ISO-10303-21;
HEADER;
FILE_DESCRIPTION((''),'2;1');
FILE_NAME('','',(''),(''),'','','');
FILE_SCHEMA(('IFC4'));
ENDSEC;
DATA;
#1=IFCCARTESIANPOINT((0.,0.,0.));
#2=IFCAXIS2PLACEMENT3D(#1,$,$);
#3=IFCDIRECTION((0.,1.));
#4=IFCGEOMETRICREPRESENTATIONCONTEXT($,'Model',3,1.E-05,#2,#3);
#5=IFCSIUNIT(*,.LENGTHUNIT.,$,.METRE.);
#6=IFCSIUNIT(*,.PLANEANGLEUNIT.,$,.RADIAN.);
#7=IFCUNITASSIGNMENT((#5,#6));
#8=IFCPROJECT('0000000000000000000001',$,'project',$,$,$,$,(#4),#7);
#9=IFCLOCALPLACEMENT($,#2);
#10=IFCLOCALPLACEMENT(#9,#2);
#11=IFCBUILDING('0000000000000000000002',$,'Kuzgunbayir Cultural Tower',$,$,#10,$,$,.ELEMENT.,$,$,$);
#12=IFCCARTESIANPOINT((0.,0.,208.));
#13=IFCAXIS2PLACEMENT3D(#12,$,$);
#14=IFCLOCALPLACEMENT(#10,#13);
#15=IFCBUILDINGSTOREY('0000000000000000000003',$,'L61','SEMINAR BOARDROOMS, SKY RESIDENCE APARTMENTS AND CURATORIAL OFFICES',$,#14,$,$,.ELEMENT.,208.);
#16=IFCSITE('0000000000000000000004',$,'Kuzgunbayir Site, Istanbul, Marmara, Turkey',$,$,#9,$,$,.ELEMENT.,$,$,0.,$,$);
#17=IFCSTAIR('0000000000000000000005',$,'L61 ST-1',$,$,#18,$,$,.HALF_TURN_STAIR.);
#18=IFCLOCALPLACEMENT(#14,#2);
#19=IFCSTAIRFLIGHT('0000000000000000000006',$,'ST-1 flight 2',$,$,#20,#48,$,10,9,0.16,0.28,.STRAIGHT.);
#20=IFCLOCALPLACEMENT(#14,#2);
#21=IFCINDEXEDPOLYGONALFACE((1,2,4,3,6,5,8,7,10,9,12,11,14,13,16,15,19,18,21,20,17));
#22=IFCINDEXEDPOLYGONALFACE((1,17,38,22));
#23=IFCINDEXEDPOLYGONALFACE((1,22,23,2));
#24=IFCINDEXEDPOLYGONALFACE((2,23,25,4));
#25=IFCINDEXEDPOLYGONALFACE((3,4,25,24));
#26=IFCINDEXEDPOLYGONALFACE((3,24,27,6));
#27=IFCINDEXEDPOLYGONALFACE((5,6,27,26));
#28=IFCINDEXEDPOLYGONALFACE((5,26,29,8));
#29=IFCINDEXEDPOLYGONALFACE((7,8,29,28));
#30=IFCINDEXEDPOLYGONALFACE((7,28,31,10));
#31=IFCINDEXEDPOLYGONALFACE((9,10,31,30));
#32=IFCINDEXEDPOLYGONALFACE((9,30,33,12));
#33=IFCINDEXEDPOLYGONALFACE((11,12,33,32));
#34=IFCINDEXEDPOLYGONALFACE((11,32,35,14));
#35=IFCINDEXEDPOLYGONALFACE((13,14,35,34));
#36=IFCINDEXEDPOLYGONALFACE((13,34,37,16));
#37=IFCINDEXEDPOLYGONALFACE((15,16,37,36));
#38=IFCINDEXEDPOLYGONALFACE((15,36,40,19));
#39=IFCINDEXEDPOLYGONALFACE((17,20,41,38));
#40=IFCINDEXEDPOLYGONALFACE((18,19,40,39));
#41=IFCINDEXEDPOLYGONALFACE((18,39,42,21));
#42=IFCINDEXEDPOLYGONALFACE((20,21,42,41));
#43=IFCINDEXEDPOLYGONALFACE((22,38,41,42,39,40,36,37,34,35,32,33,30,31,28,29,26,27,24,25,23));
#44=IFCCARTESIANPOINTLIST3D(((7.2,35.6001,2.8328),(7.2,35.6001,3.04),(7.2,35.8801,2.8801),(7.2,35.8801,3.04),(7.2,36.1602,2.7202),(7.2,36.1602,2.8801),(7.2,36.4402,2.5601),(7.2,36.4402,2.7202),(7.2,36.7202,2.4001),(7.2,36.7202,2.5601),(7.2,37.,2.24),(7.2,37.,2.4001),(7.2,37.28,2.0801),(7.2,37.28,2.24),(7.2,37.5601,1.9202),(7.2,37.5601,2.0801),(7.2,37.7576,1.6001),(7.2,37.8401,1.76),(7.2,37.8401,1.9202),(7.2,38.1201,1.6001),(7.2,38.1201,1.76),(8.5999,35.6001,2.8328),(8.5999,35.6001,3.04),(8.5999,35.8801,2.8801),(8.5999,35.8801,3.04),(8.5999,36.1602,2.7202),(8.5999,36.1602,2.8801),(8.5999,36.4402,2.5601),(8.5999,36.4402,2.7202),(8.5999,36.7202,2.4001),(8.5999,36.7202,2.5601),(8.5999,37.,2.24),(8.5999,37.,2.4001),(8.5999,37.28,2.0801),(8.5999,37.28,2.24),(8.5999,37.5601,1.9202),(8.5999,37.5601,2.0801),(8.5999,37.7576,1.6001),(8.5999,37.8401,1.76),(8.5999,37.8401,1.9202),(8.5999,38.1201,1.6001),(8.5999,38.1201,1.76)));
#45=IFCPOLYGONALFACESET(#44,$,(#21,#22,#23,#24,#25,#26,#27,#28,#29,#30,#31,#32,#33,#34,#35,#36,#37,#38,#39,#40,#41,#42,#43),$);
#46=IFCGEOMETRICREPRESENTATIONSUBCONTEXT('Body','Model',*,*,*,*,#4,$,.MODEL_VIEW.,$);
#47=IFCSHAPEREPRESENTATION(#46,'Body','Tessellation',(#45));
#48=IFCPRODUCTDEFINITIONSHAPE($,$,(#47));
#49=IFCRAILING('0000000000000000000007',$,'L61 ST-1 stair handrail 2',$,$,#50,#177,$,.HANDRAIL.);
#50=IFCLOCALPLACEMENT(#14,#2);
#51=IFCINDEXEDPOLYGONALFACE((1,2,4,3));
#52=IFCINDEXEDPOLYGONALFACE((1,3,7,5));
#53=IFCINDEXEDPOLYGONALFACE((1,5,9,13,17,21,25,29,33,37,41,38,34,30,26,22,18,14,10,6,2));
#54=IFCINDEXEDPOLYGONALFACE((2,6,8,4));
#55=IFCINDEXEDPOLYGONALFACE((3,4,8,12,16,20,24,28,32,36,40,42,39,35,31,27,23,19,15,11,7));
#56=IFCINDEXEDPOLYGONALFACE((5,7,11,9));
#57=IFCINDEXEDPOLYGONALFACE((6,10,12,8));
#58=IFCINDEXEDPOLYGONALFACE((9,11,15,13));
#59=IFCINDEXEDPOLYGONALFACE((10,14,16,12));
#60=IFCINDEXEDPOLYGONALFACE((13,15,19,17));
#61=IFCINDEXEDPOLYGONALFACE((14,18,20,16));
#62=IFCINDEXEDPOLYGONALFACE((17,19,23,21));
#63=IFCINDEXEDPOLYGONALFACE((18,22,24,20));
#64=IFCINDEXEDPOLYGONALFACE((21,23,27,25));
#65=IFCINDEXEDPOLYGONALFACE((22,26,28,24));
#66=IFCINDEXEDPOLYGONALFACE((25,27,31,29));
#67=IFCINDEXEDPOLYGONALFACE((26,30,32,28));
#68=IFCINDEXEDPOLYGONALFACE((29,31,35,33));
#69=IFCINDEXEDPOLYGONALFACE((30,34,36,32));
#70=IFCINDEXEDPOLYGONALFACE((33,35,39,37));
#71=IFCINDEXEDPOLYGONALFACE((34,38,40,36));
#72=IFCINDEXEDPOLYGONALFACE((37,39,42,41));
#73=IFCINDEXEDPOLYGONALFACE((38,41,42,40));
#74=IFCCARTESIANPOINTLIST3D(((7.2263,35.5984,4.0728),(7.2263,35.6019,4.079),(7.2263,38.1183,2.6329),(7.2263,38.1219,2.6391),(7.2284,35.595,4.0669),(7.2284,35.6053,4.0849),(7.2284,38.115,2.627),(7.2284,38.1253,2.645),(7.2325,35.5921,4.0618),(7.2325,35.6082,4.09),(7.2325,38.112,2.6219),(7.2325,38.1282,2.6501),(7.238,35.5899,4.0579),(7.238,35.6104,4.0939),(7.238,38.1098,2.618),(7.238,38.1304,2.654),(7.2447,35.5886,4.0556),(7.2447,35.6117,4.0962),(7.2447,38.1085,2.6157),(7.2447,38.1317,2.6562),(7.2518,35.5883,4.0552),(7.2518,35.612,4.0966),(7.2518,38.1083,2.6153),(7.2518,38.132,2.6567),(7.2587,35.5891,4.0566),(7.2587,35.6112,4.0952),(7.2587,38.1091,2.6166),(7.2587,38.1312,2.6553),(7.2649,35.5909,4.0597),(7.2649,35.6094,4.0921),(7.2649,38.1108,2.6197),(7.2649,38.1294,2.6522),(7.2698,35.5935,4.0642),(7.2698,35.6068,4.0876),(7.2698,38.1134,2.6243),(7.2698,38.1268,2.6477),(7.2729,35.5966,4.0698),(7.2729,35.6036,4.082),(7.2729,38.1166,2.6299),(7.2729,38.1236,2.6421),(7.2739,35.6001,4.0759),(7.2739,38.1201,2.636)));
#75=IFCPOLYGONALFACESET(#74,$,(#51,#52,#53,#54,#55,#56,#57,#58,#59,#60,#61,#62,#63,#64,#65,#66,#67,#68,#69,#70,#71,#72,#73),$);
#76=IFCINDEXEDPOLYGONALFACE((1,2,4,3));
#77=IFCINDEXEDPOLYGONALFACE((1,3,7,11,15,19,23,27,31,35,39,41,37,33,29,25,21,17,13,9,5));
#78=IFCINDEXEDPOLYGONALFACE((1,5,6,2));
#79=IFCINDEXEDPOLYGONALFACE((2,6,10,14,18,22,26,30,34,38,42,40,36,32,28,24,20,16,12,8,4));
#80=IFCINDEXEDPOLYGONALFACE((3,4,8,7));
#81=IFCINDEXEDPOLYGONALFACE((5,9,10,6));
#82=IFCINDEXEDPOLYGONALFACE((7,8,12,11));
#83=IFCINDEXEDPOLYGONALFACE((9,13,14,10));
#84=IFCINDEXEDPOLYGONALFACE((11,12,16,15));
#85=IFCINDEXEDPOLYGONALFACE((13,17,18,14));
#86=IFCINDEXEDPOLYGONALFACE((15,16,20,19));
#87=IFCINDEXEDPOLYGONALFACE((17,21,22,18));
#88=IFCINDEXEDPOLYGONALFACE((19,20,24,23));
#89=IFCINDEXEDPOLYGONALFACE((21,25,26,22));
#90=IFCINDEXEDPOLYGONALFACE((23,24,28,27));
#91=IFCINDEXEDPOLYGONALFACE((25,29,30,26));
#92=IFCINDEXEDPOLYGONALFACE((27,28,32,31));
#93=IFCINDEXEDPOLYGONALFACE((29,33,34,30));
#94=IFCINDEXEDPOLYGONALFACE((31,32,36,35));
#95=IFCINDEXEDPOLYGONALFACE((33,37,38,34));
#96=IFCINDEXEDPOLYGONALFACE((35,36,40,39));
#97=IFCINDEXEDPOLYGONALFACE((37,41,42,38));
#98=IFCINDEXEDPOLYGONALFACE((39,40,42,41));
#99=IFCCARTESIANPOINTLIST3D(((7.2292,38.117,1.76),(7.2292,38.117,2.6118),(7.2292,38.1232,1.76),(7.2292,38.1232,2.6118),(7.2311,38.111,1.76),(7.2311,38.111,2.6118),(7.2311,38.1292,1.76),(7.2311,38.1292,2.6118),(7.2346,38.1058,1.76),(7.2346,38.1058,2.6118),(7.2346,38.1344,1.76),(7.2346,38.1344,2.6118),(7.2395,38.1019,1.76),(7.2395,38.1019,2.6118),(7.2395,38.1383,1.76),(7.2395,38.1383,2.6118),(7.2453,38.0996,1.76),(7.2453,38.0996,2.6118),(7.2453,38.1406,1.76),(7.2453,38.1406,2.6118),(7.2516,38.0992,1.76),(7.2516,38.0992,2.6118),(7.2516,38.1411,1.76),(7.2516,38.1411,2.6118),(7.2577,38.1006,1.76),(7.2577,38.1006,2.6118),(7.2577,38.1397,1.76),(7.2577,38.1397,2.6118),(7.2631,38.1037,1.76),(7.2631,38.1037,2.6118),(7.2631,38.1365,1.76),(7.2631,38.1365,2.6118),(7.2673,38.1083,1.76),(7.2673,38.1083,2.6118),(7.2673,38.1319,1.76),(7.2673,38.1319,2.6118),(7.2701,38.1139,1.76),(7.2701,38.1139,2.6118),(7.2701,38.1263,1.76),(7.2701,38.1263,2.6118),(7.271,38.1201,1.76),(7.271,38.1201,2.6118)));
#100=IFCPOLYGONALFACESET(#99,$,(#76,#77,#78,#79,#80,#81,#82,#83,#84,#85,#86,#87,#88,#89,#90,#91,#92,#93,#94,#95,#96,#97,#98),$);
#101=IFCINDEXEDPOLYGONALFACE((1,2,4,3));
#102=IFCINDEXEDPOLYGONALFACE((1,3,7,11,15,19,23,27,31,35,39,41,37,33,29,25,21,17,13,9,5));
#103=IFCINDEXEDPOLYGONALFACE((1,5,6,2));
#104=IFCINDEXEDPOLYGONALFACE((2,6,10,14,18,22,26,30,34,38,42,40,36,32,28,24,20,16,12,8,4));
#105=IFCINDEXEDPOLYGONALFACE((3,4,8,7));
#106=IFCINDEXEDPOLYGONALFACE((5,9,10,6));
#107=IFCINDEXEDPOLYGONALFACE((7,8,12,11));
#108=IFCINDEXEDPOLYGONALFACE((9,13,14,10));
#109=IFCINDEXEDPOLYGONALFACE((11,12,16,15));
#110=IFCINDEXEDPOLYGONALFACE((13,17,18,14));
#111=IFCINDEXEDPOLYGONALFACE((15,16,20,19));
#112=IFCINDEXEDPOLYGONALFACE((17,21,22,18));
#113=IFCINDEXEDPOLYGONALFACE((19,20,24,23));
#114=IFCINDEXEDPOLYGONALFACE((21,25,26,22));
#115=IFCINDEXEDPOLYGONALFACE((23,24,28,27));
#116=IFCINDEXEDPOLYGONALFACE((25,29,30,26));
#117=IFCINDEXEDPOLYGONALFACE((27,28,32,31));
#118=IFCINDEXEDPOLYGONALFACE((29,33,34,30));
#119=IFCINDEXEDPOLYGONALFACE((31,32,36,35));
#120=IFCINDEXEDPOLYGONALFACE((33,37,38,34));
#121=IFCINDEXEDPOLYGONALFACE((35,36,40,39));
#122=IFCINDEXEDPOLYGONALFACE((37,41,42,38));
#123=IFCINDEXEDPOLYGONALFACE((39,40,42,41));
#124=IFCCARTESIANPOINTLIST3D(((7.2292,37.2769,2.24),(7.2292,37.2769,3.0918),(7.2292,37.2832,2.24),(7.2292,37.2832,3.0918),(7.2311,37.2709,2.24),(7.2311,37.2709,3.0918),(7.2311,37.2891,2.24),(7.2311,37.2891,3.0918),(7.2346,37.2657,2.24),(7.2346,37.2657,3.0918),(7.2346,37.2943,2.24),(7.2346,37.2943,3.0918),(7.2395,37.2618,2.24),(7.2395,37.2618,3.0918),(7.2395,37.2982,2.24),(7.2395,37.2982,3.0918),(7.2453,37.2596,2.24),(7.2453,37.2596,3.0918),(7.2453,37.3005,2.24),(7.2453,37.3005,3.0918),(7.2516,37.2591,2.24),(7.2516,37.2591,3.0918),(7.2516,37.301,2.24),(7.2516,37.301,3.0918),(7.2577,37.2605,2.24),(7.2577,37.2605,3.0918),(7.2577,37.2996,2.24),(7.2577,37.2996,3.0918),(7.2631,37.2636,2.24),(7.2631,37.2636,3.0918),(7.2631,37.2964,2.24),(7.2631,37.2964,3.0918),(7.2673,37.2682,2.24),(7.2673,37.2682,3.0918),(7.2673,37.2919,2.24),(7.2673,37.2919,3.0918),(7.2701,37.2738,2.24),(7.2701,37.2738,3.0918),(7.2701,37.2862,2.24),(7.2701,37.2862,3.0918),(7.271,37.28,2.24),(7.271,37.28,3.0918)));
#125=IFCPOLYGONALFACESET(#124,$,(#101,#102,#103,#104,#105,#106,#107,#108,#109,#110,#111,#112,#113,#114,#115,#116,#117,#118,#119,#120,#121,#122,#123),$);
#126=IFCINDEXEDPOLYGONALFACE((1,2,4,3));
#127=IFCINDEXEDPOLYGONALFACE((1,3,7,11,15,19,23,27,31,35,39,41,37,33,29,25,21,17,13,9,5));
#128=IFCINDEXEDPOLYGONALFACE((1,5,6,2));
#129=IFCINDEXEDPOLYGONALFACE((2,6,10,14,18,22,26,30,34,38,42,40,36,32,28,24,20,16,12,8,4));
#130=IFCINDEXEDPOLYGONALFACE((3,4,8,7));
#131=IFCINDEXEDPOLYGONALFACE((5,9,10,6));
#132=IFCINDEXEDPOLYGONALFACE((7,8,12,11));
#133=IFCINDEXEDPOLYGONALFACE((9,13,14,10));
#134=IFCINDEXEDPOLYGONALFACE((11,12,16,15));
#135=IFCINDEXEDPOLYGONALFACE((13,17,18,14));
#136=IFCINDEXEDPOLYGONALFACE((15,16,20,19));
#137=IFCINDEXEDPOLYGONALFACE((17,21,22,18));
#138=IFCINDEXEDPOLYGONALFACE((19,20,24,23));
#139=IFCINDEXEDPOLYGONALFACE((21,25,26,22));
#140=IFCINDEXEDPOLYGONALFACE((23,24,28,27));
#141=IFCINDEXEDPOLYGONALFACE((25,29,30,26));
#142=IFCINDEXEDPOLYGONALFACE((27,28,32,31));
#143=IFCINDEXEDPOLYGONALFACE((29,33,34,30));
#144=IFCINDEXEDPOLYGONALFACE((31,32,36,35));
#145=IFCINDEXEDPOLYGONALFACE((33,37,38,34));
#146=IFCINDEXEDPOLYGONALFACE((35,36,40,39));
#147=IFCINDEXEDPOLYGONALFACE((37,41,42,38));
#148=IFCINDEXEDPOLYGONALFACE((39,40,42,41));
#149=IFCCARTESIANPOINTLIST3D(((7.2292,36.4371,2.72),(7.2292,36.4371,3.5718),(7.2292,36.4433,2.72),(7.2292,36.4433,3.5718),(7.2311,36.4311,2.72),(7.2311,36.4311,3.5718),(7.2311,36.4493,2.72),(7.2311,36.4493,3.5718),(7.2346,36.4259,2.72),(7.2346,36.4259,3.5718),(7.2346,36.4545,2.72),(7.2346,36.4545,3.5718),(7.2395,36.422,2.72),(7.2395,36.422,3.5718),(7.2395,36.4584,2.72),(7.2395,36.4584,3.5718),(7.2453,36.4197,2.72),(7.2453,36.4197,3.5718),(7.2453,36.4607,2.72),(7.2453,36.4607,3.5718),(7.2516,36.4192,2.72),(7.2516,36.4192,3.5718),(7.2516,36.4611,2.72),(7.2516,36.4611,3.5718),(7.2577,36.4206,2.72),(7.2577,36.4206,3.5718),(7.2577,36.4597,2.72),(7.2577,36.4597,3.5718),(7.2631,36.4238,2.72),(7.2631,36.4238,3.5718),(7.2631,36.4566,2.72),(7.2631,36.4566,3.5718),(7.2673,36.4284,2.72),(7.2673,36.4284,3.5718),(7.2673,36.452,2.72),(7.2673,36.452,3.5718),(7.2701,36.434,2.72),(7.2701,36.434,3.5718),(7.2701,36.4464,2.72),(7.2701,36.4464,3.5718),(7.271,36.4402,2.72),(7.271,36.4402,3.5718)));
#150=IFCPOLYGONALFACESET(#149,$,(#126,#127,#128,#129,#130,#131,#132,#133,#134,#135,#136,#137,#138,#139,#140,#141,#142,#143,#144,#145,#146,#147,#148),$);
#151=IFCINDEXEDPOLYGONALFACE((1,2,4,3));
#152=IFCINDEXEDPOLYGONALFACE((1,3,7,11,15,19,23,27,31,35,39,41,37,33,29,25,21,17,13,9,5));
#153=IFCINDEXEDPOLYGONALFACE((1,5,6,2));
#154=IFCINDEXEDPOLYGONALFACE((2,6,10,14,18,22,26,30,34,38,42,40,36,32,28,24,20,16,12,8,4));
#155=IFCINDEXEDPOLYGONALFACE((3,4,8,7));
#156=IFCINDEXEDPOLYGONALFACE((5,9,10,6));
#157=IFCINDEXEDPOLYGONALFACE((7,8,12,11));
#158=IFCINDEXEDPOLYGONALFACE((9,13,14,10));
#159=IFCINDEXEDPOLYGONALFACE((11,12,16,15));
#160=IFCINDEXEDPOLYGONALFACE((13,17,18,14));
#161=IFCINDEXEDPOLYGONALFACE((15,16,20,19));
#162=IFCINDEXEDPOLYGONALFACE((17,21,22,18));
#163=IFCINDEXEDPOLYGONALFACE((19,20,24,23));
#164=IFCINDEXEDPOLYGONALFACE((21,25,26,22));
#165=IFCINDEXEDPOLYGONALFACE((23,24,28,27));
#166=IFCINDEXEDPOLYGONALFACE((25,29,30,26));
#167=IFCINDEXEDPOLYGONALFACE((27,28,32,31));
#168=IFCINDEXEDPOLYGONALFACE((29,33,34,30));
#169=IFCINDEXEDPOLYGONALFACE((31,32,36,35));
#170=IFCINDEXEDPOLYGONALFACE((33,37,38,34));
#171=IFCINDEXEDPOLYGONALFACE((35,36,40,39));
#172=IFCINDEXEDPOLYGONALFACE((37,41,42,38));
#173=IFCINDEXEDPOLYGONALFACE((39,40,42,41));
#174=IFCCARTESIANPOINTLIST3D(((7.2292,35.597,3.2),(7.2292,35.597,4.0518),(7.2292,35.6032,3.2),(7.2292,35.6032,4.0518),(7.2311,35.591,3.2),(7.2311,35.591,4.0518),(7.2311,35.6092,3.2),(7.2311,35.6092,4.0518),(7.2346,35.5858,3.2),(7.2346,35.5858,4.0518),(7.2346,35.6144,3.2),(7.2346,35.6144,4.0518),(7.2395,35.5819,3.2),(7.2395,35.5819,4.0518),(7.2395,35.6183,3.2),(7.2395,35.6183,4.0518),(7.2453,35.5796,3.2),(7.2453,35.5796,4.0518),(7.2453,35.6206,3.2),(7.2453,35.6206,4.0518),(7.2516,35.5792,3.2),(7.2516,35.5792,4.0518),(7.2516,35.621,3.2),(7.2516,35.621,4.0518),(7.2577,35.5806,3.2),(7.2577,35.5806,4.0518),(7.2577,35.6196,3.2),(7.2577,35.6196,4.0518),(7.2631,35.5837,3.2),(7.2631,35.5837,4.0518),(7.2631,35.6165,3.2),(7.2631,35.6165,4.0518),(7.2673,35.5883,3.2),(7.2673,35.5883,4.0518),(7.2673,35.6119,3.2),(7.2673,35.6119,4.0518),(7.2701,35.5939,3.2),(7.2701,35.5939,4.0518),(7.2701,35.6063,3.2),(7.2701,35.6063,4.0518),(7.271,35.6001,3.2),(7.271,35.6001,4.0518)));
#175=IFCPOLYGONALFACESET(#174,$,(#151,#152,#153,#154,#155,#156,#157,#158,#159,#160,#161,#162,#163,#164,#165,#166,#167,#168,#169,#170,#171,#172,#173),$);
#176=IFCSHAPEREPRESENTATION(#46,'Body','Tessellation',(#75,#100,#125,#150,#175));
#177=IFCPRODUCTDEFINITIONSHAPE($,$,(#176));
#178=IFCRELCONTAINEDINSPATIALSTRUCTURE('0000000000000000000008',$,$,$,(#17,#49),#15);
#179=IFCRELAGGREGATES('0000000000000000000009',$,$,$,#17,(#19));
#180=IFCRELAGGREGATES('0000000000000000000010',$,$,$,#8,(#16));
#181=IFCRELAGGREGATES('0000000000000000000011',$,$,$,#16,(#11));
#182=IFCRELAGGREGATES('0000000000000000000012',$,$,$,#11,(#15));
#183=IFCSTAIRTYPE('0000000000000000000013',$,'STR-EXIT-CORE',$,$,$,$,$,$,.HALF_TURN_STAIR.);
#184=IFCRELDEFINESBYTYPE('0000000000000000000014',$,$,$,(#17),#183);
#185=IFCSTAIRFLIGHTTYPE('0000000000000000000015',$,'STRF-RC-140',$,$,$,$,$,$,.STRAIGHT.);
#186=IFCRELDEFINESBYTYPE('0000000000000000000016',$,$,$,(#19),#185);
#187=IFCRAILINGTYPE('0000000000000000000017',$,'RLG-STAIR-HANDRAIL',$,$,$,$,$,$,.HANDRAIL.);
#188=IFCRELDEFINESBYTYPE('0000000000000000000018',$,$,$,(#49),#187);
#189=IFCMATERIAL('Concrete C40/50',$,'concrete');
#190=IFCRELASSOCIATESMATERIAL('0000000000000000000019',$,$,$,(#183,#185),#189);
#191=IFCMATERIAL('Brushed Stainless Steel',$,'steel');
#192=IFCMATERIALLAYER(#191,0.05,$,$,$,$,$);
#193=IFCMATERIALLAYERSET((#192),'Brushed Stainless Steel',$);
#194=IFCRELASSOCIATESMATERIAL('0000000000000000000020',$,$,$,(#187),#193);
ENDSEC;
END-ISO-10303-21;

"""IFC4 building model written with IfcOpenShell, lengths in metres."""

from ifc_helpers import new_model, si_unit, direction, frame, origin, origin_2d, place, context, subcontext, project, spatial, polyline, circle, outline, extrude, material, layer, layer_set, type_object, element, aggregate, save


model = new_model("IFC4")

# Units and contexts
model_context = context("Model", 3, precision=1e-05, world=origin(), true_north=direction((0.0, 1.0)))
body_context = subcontext(model_context, "Body", "Model", "MODEL_VIEW")
ifc_project = project(units=[si_unit("LENGTHUNIT", "METRE"), si_unit("PLANEANGLEUNIT", "RADIAN")], contexts=[model_context])

# Site, building, storey
site_placement = place(None, origin())
site = spatial("IfcSite", under=ifc_project, at=site_placement, Name="Kuzgunbayir Site, Istanbul, Marmara, Turkey", CompositionType="ELEMENT", RefElevation=0.0)
building_placement = place(site_placement, origin())
building = spatial("IfcBuilding", under=site, at=building_placement, Name="Kuzgunbayir Cultural Tower", CompositionType="ELEMENT")
storey_placement = place(building_placement, frame((0.0, 0.0, 208.0)))
storey = spatial("IfcBuildingStorey", under=building, at=storey_placement, Name="L61", Description="SEMINAR BOARDROOMS, SKY RESIDENCE APARTMENTS AND CURATORIAL OFFICES", CompositionType="ELEMENT", Elevation=208.0)

# Shared definitions
ifc_material_1 = material(Name="Concrete C40/50", Category="concrete")

# Stair, stair flight
stair_type = type_object("IfcStairType", Name="STR-EXIT-CORE", PredefinedType="HALF_TURN_STAIR", material=ifc_material_1)
stair_placement = place(storey_placement, origin())
stair = element("IfcStair", 1, at=stair_placement, inside=storey, type_object=stair_type, Name="L61 ST-1", PredefinedType="HALF_TURN_STAIR")
stair_flight_type = type_object("IfcStairFlightType", Name="STRF-RC-140", PredefinedType="STRAIGHT", material=ifc_material_1)
stair_flight_placement = place(storey_placement, frame((7.8999, 38.1201, 1.6001), z_axis=(0.0, 0.0, 1.0), x_axis=(0.0, -1.0, 0.0)))
stair_flight = element("IfcStairFlight", 2, at=stair_flight_placement, type_object=stair_flight_type, Name="ST-1 flight 2", NumberOfRisers=10, NumberOfTreads=9, PredefinedType="STRAIGHT", RiserHeight=0.16, TreadLength=0.28, context=body_context, shape_type="SweptSolid", body=[
    extrude(outline(polyline([(0.0, 0.0), (0.0, 0.1599), (0.28, 0.1599), (0.28, 0.3201), (0.5601, 0.3201), (0.5601, 0.48), (0.8401, 0.48), (0.8401, 0.6399), (1.1201, 0.6399), (1.1201, 0.8), (1.3999, 0.8), (1.3999, 0.96), (1.6799, 0.96), (1.6799, 1.1201), (1.96, 1.1201), (1.96, 1.28), (2.24, 1.28), (2.24, 1.4399), (2.52, 1.4399), (2.52, 1.6001), (2.52, 1.2327), (0.3625, 0.0), (0.0, 0.0)])), frame((0.0, 0.7, 0.0), z_axis=(0.0, -1.0, 0.0), x_axis=(1.0, 0.0, 0.0)), (0.0, 0.0, 1.0), 1.3999),
])
aggregate(stair, [stair_flight])

# Railing
ifc_material_2 = material(Name="Brushed Stainless Steel", Category="steel")
ifc_layer_1 = layer(ifc_material_2, 0.05)
ifc_layer_set_1 = layer_set([ifc_layer_1], Name="Brushed Stainless Steel")
railing_type_1 = type_object("IfcRailingType", Name="RLG-STAIR-HANDRAIL", PredefinedType="HANDRAIL", material=ifc_layer_set_1)
railing_1_placement = place(storey_placement, frame((7.25, 38.1201, 1.76)))
element("IfcRailing", 3, at=railing_1_placement, inside=storey, type_object=railing_type_1, Name="L61 ST-1 stair handrail 2", PredefinedType="HANDRAIL", context=body_context, shape_type="SweptSolid", body=[
    extrude(circle(Radius=0.0239, at=origin_2d()), frame((0.0, 0.0, 0.876), z_axis=(0.0, -0.868253, 0.496121), x_axis=(1.0, 0.0, 0.0)), (0.0, 0.0, 1.0), 2.9023),
    extrude(circle(Radius=0.021, at=origin_2d()), origin(), (0.0, 0.0, 1.0), 0.8518),
    extrude(circle(Radius=0.021, at=origin_2d()), frame((0.0, -0.8401, 0.48)), (0.0, 0.0, 1.0), 0.8518),
    extrude(circle(Radius=0.021, at=origin_2d()), frame((0.0, -1.6799, 0.96)), (0.0, 0.0, 1.0), 0.8518),
    extrude(circle(Radius=0.021, at=origin_2d()), frame((0.0, -2.52, 1.4399)), (0.0, 0.0, 1.0), 0.8518),
])

save(model, "model.ifc")
